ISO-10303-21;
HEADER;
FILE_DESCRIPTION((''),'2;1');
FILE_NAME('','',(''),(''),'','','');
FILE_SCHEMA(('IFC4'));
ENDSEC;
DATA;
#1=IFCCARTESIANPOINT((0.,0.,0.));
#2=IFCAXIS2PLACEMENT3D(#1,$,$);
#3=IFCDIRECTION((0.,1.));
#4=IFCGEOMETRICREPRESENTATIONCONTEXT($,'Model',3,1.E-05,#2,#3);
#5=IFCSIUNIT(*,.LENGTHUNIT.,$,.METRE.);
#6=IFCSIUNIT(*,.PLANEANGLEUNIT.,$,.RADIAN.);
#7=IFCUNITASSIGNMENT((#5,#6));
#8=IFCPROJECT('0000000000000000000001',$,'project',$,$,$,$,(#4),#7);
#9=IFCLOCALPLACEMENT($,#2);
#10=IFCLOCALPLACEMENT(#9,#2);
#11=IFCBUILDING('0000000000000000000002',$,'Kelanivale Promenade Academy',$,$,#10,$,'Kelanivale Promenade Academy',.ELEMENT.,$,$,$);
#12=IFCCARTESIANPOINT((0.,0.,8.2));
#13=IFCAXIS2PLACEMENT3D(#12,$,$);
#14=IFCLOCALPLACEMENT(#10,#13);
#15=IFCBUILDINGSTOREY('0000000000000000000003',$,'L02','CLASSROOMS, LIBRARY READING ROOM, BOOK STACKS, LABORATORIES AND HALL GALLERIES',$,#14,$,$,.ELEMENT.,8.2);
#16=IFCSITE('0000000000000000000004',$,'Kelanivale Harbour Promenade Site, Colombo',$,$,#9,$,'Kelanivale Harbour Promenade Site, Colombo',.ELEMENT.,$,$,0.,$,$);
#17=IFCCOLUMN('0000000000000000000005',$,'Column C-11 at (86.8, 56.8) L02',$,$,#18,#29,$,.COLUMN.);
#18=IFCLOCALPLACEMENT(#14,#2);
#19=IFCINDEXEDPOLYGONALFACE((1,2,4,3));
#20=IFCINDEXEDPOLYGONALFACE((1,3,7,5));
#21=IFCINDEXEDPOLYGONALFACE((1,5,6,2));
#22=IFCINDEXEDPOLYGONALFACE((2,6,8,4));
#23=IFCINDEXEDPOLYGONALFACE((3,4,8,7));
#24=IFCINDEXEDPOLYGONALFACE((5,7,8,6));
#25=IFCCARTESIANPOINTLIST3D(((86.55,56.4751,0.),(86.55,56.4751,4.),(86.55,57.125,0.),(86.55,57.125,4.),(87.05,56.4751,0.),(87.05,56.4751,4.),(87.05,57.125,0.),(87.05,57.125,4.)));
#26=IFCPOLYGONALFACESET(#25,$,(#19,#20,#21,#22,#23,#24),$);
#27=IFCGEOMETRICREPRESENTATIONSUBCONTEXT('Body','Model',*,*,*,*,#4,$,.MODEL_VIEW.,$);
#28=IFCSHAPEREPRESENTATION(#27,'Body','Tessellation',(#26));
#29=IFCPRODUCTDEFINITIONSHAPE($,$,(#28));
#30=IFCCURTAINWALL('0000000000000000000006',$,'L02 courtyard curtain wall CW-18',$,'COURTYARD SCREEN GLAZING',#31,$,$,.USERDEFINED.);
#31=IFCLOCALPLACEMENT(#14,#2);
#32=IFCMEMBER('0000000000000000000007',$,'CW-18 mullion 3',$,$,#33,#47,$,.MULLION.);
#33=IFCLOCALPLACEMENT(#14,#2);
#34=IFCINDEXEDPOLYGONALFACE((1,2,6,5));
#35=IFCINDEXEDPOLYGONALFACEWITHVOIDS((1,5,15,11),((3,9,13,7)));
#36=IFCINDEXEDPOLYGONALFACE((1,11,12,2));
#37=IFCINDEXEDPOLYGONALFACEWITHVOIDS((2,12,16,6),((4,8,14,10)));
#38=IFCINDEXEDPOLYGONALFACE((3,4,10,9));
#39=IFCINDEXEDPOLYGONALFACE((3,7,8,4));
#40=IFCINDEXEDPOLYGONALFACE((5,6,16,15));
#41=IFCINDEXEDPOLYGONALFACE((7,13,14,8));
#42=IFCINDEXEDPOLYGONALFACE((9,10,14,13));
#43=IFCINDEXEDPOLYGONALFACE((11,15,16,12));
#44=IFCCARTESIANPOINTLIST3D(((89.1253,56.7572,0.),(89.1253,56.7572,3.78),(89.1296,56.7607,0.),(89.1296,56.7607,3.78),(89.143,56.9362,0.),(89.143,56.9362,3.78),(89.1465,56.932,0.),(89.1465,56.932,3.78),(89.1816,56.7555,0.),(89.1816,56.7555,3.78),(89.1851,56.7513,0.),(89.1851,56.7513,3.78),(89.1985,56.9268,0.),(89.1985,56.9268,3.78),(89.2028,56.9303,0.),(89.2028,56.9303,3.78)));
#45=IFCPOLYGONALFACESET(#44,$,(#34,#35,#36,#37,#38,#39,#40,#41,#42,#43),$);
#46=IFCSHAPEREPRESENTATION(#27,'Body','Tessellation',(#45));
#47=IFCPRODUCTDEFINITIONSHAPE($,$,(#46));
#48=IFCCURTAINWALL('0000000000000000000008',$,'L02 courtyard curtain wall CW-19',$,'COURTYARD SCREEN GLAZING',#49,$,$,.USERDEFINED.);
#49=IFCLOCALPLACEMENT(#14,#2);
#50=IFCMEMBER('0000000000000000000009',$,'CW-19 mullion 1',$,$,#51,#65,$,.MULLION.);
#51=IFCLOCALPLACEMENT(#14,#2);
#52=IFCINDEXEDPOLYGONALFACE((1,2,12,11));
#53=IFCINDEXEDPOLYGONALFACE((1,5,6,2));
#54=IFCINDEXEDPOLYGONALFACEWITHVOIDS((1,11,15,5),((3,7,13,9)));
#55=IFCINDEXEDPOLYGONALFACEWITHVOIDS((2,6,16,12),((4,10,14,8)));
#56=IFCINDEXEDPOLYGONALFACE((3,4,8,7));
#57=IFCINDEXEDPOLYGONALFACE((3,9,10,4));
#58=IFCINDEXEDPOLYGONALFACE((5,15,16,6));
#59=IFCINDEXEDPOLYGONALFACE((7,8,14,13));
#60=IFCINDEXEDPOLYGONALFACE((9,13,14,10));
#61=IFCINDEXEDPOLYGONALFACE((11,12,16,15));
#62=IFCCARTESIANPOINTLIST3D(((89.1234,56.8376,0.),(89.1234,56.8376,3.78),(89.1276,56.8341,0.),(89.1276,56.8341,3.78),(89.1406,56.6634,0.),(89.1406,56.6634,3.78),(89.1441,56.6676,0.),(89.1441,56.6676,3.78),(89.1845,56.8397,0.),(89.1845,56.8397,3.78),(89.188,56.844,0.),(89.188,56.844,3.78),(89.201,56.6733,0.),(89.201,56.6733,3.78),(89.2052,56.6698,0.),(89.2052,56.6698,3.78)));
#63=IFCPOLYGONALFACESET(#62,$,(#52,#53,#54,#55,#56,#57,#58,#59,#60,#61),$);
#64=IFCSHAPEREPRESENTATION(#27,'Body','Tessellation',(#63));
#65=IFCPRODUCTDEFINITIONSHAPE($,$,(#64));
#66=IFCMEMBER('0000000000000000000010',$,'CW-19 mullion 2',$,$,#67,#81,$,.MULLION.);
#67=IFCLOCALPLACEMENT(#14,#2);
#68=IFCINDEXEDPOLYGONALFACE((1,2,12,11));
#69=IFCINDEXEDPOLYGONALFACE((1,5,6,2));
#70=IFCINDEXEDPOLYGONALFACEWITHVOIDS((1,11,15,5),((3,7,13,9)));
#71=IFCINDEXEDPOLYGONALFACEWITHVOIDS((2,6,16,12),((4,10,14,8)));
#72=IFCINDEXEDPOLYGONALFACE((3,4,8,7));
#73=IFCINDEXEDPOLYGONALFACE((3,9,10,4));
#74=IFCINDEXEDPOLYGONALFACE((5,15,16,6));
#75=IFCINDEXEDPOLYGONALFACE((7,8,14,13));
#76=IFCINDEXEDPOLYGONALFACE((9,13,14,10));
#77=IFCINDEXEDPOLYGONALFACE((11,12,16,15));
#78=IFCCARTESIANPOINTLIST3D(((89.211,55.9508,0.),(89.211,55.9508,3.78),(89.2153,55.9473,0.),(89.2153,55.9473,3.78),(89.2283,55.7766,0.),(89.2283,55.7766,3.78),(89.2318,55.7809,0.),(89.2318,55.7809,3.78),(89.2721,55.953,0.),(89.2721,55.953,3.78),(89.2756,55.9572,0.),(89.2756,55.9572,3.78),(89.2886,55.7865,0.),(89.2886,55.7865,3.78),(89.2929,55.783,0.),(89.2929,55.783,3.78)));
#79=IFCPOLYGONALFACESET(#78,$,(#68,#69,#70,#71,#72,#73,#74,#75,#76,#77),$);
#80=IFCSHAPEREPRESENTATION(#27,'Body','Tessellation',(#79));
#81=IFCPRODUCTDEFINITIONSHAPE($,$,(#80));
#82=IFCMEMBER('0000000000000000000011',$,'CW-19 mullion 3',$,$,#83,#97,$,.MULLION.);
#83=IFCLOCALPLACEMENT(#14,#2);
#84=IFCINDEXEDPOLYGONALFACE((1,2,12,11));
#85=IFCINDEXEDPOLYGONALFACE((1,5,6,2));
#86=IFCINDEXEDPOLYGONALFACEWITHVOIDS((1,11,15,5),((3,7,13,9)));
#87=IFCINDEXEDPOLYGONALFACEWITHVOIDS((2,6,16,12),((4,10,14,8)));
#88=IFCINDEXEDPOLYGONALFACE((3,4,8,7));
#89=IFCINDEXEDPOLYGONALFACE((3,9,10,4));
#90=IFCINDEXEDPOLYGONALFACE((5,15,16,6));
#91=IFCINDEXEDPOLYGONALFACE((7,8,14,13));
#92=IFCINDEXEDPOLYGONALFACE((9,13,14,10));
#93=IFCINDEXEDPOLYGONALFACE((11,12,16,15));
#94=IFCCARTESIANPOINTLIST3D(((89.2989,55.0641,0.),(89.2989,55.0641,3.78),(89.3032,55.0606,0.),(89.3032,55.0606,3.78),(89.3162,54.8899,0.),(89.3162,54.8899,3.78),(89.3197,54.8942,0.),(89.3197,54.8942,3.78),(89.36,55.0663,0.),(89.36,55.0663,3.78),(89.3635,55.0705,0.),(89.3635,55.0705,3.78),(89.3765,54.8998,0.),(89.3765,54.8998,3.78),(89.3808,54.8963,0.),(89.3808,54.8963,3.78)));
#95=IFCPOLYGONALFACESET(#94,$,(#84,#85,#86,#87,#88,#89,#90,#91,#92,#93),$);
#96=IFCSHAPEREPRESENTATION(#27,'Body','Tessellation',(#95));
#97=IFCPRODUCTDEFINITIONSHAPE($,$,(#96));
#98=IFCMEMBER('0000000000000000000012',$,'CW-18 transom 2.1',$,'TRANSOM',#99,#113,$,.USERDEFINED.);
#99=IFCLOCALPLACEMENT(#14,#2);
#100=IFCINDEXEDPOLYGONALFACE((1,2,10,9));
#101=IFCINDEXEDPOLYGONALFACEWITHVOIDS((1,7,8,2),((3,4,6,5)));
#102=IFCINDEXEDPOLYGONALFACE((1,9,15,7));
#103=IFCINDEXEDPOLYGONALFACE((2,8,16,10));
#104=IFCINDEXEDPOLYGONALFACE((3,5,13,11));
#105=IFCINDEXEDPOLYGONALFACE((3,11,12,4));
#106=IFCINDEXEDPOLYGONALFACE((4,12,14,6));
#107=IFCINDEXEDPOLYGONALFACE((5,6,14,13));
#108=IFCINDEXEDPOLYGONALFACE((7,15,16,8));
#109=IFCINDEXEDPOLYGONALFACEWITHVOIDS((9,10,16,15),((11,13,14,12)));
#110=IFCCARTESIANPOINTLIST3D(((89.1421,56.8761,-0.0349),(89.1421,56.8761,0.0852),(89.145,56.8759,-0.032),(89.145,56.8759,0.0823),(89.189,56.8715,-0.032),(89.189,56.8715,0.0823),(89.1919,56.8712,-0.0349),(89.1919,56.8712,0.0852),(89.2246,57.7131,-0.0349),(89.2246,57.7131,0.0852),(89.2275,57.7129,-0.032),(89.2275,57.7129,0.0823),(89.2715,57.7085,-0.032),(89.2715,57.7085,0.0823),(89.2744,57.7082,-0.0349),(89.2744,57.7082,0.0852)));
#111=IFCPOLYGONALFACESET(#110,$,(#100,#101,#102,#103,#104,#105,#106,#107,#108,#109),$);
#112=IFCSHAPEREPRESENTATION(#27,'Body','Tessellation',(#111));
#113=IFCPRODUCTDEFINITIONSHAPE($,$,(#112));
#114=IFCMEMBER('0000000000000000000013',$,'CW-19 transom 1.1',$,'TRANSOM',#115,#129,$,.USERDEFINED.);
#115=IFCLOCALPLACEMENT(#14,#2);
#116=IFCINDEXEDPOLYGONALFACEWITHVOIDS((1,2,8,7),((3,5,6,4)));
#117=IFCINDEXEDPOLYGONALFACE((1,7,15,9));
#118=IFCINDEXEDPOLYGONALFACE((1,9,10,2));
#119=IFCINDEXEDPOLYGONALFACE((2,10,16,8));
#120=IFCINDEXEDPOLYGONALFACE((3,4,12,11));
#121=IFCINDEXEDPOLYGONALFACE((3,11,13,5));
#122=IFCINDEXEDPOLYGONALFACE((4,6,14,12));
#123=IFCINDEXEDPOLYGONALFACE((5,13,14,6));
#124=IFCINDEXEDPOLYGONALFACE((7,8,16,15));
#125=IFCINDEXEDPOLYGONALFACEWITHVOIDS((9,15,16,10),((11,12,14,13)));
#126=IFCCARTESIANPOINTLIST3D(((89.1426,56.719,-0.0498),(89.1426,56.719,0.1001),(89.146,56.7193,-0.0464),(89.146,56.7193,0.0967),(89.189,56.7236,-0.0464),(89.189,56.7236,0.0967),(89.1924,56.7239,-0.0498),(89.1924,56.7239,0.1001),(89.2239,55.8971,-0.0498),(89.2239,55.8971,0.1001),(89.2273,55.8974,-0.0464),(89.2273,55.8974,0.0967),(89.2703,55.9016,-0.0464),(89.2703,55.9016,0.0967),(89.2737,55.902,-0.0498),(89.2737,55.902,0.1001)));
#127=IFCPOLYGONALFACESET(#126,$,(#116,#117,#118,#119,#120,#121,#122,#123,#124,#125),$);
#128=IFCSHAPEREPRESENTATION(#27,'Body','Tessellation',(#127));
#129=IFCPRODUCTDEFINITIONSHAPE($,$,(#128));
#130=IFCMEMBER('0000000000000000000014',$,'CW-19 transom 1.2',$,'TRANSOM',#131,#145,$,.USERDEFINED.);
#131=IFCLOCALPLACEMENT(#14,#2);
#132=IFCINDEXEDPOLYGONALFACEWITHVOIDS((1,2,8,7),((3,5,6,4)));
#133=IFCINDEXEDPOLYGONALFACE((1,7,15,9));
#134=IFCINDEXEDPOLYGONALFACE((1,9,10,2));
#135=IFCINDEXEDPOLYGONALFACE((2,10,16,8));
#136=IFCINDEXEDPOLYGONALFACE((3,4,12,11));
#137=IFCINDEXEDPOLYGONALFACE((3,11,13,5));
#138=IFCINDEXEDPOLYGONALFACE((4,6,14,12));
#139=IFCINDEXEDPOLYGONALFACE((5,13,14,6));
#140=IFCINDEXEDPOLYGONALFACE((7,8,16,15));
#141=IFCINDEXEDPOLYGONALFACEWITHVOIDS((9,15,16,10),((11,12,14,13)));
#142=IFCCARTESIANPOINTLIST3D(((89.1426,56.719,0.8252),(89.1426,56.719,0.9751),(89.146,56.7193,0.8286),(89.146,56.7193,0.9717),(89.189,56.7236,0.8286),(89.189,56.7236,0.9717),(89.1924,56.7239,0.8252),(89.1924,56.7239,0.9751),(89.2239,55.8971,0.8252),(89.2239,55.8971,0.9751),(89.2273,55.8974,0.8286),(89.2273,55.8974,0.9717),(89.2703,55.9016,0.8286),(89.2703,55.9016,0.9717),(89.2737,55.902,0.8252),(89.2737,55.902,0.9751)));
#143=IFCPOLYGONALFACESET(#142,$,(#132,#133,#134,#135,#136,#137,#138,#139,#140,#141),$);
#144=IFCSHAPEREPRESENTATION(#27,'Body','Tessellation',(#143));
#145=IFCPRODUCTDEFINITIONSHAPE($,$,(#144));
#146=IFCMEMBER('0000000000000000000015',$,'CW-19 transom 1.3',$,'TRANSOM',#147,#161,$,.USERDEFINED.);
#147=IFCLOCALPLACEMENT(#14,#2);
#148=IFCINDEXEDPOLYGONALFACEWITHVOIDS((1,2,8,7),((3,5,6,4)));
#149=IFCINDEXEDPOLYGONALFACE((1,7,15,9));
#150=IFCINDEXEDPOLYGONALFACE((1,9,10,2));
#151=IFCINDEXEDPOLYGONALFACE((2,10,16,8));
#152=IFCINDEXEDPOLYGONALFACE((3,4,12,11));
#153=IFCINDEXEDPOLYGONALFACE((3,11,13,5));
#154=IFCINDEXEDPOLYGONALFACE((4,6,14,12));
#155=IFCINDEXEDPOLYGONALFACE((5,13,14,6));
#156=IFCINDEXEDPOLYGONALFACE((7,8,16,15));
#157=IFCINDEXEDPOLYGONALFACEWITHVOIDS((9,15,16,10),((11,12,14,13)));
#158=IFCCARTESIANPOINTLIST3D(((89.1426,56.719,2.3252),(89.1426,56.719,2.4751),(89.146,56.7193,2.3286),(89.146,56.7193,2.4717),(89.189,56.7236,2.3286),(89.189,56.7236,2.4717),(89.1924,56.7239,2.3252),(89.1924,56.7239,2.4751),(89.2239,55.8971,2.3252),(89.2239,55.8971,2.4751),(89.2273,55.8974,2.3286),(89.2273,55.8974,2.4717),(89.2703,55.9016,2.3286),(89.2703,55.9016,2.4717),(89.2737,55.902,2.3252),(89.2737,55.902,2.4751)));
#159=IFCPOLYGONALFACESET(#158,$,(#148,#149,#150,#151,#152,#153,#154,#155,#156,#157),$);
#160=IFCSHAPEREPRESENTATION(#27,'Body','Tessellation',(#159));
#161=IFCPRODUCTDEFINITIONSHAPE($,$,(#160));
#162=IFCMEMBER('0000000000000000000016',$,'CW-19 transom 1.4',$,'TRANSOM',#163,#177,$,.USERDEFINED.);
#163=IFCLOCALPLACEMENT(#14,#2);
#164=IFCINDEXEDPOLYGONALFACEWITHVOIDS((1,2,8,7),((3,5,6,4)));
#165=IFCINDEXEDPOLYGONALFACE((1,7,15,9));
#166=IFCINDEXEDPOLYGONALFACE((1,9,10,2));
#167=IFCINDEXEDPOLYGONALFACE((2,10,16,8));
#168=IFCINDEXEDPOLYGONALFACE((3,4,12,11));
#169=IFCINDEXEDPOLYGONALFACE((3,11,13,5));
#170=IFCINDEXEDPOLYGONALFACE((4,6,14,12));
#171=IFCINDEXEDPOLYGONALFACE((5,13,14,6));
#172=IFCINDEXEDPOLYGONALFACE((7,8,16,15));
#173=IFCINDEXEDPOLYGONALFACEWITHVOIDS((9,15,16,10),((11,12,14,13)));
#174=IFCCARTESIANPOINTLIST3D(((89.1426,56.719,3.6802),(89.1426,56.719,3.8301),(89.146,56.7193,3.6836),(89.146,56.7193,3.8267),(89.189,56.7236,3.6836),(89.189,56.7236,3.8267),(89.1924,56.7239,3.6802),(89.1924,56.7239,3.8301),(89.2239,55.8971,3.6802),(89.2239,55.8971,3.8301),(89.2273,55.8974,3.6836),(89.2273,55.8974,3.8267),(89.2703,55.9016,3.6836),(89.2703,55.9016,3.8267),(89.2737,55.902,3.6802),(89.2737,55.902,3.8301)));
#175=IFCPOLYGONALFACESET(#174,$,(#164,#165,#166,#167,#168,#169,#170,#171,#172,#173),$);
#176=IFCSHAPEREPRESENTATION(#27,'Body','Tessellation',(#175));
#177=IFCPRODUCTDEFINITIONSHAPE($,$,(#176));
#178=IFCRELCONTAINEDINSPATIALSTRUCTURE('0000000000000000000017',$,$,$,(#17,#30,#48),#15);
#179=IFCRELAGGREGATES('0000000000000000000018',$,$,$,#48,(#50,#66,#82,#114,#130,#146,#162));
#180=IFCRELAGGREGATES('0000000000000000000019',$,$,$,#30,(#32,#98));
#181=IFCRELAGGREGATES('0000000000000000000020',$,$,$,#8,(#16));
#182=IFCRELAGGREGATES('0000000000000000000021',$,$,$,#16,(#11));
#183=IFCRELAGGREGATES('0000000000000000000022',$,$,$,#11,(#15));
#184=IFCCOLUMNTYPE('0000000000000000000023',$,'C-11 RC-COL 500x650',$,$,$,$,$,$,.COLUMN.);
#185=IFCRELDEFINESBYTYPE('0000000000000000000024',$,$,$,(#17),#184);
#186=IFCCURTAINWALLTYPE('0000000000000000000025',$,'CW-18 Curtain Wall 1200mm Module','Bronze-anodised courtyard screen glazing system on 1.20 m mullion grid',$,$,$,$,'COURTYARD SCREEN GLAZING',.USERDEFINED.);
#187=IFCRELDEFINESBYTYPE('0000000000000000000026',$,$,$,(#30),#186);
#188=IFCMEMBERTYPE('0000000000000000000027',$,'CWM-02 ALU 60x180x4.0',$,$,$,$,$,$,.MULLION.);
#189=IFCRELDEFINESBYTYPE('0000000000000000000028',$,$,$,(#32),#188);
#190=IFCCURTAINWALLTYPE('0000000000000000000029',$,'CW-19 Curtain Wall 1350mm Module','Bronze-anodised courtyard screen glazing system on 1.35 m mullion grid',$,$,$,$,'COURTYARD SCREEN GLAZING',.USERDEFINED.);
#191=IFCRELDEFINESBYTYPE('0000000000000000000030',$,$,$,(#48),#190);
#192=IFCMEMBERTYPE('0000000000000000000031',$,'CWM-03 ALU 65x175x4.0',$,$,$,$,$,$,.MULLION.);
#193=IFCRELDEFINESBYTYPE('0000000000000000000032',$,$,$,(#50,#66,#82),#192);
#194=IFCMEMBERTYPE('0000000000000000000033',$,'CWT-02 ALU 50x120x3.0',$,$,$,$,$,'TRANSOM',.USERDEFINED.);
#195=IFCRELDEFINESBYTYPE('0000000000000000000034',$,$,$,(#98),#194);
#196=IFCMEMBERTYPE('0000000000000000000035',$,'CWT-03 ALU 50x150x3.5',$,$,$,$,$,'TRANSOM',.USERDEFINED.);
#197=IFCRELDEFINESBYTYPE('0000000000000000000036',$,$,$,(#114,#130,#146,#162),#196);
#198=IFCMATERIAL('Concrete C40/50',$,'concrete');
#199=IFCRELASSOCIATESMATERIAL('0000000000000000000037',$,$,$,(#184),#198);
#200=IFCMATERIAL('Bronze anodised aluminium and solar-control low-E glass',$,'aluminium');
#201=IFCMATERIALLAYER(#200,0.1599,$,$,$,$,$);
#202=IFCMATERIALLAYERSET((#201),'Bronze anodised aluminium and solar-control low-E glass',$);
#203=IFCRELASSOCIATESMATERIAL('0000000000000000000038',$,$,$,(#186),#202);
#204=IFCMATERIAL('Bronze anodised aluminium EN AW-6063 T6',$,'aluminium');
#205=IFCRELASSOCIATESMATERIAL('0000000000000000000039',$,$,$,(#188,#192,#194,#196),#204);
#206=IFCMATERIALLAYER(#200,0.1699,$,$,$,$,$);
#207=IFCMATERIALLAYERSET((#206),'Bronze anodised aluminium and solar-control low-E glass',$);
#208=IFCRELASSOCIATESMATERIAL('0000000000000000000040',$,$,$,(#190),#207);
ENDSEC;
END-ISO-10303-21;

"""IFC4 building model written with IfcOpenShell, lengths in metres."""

from ifc_helpers import new_model, si_unit, direction, frame, origin, origin_2d, place, context, subcontext, project, spatial, rectangle, hollow_rectangle, extrude, material, layer, layer_set, material_profile, profile_set, type_object, element, aggregate, save


model = new_model("IFC4")

# Units and contexts
model_context = context("Model", 3, precision=1e-05, world=origin(), true_north=direction((0.0, 1.0)))
body_context = subcontext(model_context, "Body", "Model", "MODEL_VIEW")
ifc_project = project(units=[si_unit("LENGTHUNIT", "METRE"), si_unit("PLANEANGLEUNIT", "RADIAN")], contexts=[model_context])

# Site, building, storey
site_placement = place(None, origin())
site = spatial("IfcSite", under=ifc_project, at=site_placement, Name="Kelanivale Harbour Promenade Site, Colombo", LongName="Kelanivale Harbour Promenade Site, Colombo", CompositionType="ELEMENT", RefElevation=0.0)
building_placement = place(site_placement, origin())
building = spatial("IfcBuilding", under=site, at=building_placement, Name="Kelanivale Promenade Academy", LongName="Kelanivale Promenade Academy", CompositionType="ELEMENT")
storey_placement = place(building_placement, frame((0.0, 0.0, 8.2)))
storey = spatial("IfcBuildingStorey", under=building, at=storey_placement, Name="L02", Description="CLASSROOMS, LIBRARY READING ROOM, BOOK STACKS, LABORATORIES AND HALL GALLERIES", CompositionType="ELEMENT", Elevation=8.2)

# Column
ifc_material_1 = material(Name="Concrete C40/50", Category="concrete")
ifc_material_profile_1 = material_profile(ifc_material_1, rectangle(XDim=0.5, YDim=0.6499, at=origin_2d()), Name="RC-COL 500x650")
ifc_profile_set_1 = profile_set([ifc_material_profile_1], Name="Concrete C40/50")
column_type = type_object("IfcColumnType", Name="C-11 RC-COL 500x650", PredefinedType="COLUMN", material=ifc_profile_set_1)
column_placement = place(storey_placement, frame((86.8, 56.8, 0.0), z_axis=(0.0, 0.0, 1.0), x_axis=(1.0, 0.0, 0.0)))
element("IfcColumn", 1, at=column_placement, inside=storey, type_object=column_type, Name="Column C-11 at (86.8, 56.8) L02", PredefinedType="COLUMN", context=body_context, shape_type="SweptSolid", body=[
    extrude(rectangle(XDim=0.5, YDim=0.6499, at=origin_2d()), origin(), (0.0, 0.0, 1.0), 4.0),
])

# Curtain wall, member
ifc_material_2 = material(Name="Bronze anodised aluminium and solar-control low-E glass", Category="aluminium")
ifc_layer_1 = layer(ifc_material_2, 0.1599)
ifc_layer_set_1 = layer_set([ifc_layer_1], Name="Bronze anodised aluminium and solar-control low-E glass")
curtain_wall_type_1 = type_object("IfcCurtainWallType", Name="CW-18 Curtain Wall 1200mm Module", Description="Bronze-anodised courtyard screen glazing system on 1.20 m mullion grid", ElementType="COURTYARD SCREEN GLAZING", PredefinedType="USERDEFINED", material=ifc_layer_set_1)
curtain_wall_1_placement = place(storey_placement, origin())
curtain_wall_1 = element("IfcCurtainWall", 2, at=curtain_wall_1_placement, inside=storey, type_object=curtain_wall_type_1, Name="L02 courtyard curtain wall CW-18", ObjectType="COURTYARD SCREEN GLAZING", PredefinedType="USERDEFINED")
ifc_material_3 = material(Name="Bronze anodised aluminium EN AW-6063 T6", Category="aluminium")
ifc_material_profile_2 = material_profile(ifc_material_3, hollow_rectangle(XDim=0.0601, YDim=0.1799, WallThickness=0.0039, at=origin_2d()), Name="ALU 60x180x4.0")
ifc_profile_set_2 = profile_set([ifc_material_profile_2], Name="Bronze anodised aluminium EN AW-6063 T6")
member_type_1 = type_object("IfcMemberType", Name="CWM-02 ALU 60x180x4.0", PredefinedType="MULLION", material=ifc_profile_set_2)
member_1_placement = place(storey_placement, frame((89.1641, 56.8438, 0.0), z_axis=(0.0, 0.0, 1.0), x_axis=(0.995159, -0.098281, 0.0)))
member_1 = element("IfcMember", 3, at=member_1_placement, type_object=member_type_1, Name="CW-18 mullion 3", PredefinedType="MULLION", context=body_context, shape_type="SweptSolid", body=[
    extrude(hollow_rectangle(XDim=0.0601, YDim=0.1799, WallThickness=0.0039, at=origin_2d()), origin(), (0.0, 0.0, 1.0), 3.78),
])

# Curtain wall, members
ifc_layer_2 = layer(ifc_material_2, 0.1699)
ifc_layer_set_2 = layer_set([ifc_layer_2], Name="Bronze anodised aluminium and solar-control low-E glass")
curtain_wall_type_2 = type_object("IfcCurtainWallType", Name="CW-19 Curtain Wall 1350mm Module", Description="Bronze-anodised courtyard screen glazing system on 1.35 m mullion grid", ElementType="COURTYARD SCREEN GLAZING", PredefinedType="USERDEFINED", material=ifc_layer_set_2)
curtain_wall_2_placement = place(storey_placement, origin())
curtain_wall_2 = element("IfcCurtainWall", 4, at=curtain_wall_2_placement, inside=storey, type_object=curtain_wall_type_2, Name="L02 courtyard curtain wall CW-19", ObjectType="COURTYARD SCREEN GLAZING", PredefinedType="USERDEFINED")
ifc_material_profile_3 = material_profile(ifc_material_3, hollow_rectangle(XDim=0.0649, YDim=0.175, WallThickness=0.0039, at=origin_2d()), Name="ALU 65x175x4.0")
ifc_profile_set_3 = profile_set([ifc_material_profile_3], Name="Bronze anodised aluminium EN AW-6063 T6")
member_type_2 = type_object("IfcMemberType", Name="CWM-03 ALU 65x175x4.0", PredefinedType="MULLION", material=ifc_profile_set_3)
member_2_placement = place(storey_placement, frame((89.1643, 56.7537, 0.0), z_axis=(0.0, 0.0, 1.0), x_axis=(0.995133, 0.098539, 0.0)))
member_2 = element("IfcMember", 5, at=member_2_placement, type_object=member_type_2, Name="CW-19 mullion 1", PredefinedType="MULLION", context=body_context, shape_type="SweptSolid", body=[
    extrude(hollow_rectangle(XDim=0.0649, YDim=0.175, WallThickness=0.0039, at=origin_2d()), origin(), (0.0, 0.0, 1.0), 3.78),
])
member_3_placement = place(storey_placement, frame((89.252, 55.8669, 0.0), z_axis=(0.0, 0.0, 1.0), x_axis=(0.995133, 0.098539, 0.0)))
member_3 = element("IfcMember", 6, at=member_3_placement, type_object=member_type_2, Name="CW-19 mullion 2", PredefinedType="MULLION", context=body_context, shape_type="SweptSolid", body=[
    extrude(hollow_rectangle(XDim=0.0649, YDim=0.175, WallThickness=0.0039, at=origin_2d()), origin(), (0.0, 0.0, 1.0), 3.78),
])
member_4_placement = place(storey_placement, frame((89.3398, 54.9802, 0.0), z_axis=(0.0, 0.0, 1.0), x_axis=(0.995133, 0.098539, 0.0)))
member_4 = element("IfcMember", 7, at=member_4_placement, type_object=member_type_2, Name="CW-19 mullion 3", PredefinedType="MULLION", context=body_context, shape_type="SweptSolid", body=[
    extrude(hollow_rectangle(XDim=0.0649, YDim=0.175, WallThickness=0.0039, at=origin_2d()), origin(), (0.0, 0.0, 1.0), 3.78),
])

# Members
ifc_material_profile_4 = material_profile(ifc_material_3, hollow_rectangle(XDim=0.05, YDim=0.1201, WallThickness=0.0029, at=origin_2d()), Name="ALU 50x120x3.0")
ifc_profile_set_4 = profile_set([ifc_material_profile_4], Name="Bronze anodised aluminium EN AW-6063 T6")
member_type_3 = type_object("IfcMemberType", Name="CWT-02 ALU 50x120x3.0", ElementType="TRANSOM", PredefinedType="USERDEFINED", material=ifc_profile_set_4)
member_5_placement = place(storey_placement, frame((89.2495, 57.7107, 0.0251), z_axis=(-0.098124, -0.995174, 0.0), x_axis=(0.995174, -0.098124, 0.0)))
member_5 = element("IfcMember", 8, at=member_5_placement, type_object=member_type_3, Name="CW-18 transom 2.1", ObjectType="TRANSOM", PredefinedType="USERDEFINED", context=body_context, shape_type="SweptSolid", body=[
    extrude(hollow_rectangle(XDim=0.05, YDim=0.1201, WallThickness=0.0029, at=origin_2d()), origin(), (0.0, 0.0, 1.0), 0.8411),
])
ifc_material_profile_5 = material_profile(ifc_material_3, hollow_rectangle(XDim=0.05, YDim=0.1499, WallThickness=0.0034, at=origin_2d()), Name="ALU 50x150x3.5")
ifc_profile_set_5 = profile_set([ifc_material_profile_5], Name="Bronze anodised aluminium EN AW-6063 T6")
member_type_4 = type_object("IfcMemberType", Name="CWT-03 ALU 50x150x3.5", ElementType="TRANSOM", PredefinedType="USERDEFINED", material=ifc_profile_set_5)
member_6_placement = place(storey_placement, frame((89.1675, 56.7214, 0.0251), z_axis=(0.098421, -0.995145, 0.0), x_axis=(0.995145, 0.098421, 0.0)))
member_6 = element("IfcMember", 9, at=member_6_placement, type_object=member_type_4, Name="CW-19 transom 1.1", ObjectType="TRANSOM", PredefinedType="USERDEFINED", context=body_context, shape_type="SweptSolid", body=[
    extrude(hollow_rectangle(XDim=0.05, YDim=0.1499, WallThickness=0.0034, at=origin_2d()), origin(), (0.0, 0.0, 1.0), 0.8259),
])
member_7_placement = place(storey_placement, frame((89.1675, 56.7214, 0.9001), z_axis=(0.098421, -0.995145, 0.0), x_axis=(0.995145, 0.098421, 0.0)))
member_7 = element("IfcMember", 10, at=member_7_placement, type_object=member_type_4, Name="CW-19 transom 1.2", ObjectType="TRANSOM", PredefinedType="USERDEFINED", context=body_context, shape_type="SweptSolid", body=[
    extrude(hollow_rectangle(XDim=0.05, YDim=0.1499, WallThickness=0.0034, at=origin_2d()), origin(), (0.0, 0.0, 1.0), 0.8259),
])
member_8_placement = place(storey_placement, frame((89.1675, 56.7214, 2.4001), z_axis=(0.098421, -0.995145, 0.0), x_axis=(0.995145, 0.098421, 0.0)))
member_8 = element("IfcMember", 11, at=member_8_placement, type_object=member_type_4, Name="CW-19 transom 1.3", ObjectType="TRANSOM", PredefinedType="USERDEFINED", context=body_context, shape_type="SweptSolid", body=[
    extrude(hollow_rectangle(XDim=0.05, YDim=0.1499, WallThickness=0.0034, at=origin_2d()), origin(), (0.0, 0.0, 1.0), 0.8259),
])
member_9_placement = place(storey_placement, frame((89.1675, 56.7214, 3.7551), z_axis=(0.098421, -0.995145, 0.0), x_axis=(0.995145, 0.098421, 0.0)))
member_9 = element("IfcMember", 12, at=member_9_placement, type_object=member_type_4, Name="CW-19 transom 1.4", ObjectType="TRANSOM", PredefinedType="USERDEFINED", context=body_context, shape_type="SweptSolid", body=[
    extrude(hollow_rectangle(XDim=0.05, YDim=0.1499, WallThickness=0.0034, at=origin_2d()), origin(), (0.0, 0.0, 1.0), 0.8259),
])

aggregate(curtain_wall_2, [member_2, member_3, member_4, member_6, member_7, member_8, member_9])
aggregate(curtain_wall_1, [member_1, member_5])

save(model, "model.ifc")
